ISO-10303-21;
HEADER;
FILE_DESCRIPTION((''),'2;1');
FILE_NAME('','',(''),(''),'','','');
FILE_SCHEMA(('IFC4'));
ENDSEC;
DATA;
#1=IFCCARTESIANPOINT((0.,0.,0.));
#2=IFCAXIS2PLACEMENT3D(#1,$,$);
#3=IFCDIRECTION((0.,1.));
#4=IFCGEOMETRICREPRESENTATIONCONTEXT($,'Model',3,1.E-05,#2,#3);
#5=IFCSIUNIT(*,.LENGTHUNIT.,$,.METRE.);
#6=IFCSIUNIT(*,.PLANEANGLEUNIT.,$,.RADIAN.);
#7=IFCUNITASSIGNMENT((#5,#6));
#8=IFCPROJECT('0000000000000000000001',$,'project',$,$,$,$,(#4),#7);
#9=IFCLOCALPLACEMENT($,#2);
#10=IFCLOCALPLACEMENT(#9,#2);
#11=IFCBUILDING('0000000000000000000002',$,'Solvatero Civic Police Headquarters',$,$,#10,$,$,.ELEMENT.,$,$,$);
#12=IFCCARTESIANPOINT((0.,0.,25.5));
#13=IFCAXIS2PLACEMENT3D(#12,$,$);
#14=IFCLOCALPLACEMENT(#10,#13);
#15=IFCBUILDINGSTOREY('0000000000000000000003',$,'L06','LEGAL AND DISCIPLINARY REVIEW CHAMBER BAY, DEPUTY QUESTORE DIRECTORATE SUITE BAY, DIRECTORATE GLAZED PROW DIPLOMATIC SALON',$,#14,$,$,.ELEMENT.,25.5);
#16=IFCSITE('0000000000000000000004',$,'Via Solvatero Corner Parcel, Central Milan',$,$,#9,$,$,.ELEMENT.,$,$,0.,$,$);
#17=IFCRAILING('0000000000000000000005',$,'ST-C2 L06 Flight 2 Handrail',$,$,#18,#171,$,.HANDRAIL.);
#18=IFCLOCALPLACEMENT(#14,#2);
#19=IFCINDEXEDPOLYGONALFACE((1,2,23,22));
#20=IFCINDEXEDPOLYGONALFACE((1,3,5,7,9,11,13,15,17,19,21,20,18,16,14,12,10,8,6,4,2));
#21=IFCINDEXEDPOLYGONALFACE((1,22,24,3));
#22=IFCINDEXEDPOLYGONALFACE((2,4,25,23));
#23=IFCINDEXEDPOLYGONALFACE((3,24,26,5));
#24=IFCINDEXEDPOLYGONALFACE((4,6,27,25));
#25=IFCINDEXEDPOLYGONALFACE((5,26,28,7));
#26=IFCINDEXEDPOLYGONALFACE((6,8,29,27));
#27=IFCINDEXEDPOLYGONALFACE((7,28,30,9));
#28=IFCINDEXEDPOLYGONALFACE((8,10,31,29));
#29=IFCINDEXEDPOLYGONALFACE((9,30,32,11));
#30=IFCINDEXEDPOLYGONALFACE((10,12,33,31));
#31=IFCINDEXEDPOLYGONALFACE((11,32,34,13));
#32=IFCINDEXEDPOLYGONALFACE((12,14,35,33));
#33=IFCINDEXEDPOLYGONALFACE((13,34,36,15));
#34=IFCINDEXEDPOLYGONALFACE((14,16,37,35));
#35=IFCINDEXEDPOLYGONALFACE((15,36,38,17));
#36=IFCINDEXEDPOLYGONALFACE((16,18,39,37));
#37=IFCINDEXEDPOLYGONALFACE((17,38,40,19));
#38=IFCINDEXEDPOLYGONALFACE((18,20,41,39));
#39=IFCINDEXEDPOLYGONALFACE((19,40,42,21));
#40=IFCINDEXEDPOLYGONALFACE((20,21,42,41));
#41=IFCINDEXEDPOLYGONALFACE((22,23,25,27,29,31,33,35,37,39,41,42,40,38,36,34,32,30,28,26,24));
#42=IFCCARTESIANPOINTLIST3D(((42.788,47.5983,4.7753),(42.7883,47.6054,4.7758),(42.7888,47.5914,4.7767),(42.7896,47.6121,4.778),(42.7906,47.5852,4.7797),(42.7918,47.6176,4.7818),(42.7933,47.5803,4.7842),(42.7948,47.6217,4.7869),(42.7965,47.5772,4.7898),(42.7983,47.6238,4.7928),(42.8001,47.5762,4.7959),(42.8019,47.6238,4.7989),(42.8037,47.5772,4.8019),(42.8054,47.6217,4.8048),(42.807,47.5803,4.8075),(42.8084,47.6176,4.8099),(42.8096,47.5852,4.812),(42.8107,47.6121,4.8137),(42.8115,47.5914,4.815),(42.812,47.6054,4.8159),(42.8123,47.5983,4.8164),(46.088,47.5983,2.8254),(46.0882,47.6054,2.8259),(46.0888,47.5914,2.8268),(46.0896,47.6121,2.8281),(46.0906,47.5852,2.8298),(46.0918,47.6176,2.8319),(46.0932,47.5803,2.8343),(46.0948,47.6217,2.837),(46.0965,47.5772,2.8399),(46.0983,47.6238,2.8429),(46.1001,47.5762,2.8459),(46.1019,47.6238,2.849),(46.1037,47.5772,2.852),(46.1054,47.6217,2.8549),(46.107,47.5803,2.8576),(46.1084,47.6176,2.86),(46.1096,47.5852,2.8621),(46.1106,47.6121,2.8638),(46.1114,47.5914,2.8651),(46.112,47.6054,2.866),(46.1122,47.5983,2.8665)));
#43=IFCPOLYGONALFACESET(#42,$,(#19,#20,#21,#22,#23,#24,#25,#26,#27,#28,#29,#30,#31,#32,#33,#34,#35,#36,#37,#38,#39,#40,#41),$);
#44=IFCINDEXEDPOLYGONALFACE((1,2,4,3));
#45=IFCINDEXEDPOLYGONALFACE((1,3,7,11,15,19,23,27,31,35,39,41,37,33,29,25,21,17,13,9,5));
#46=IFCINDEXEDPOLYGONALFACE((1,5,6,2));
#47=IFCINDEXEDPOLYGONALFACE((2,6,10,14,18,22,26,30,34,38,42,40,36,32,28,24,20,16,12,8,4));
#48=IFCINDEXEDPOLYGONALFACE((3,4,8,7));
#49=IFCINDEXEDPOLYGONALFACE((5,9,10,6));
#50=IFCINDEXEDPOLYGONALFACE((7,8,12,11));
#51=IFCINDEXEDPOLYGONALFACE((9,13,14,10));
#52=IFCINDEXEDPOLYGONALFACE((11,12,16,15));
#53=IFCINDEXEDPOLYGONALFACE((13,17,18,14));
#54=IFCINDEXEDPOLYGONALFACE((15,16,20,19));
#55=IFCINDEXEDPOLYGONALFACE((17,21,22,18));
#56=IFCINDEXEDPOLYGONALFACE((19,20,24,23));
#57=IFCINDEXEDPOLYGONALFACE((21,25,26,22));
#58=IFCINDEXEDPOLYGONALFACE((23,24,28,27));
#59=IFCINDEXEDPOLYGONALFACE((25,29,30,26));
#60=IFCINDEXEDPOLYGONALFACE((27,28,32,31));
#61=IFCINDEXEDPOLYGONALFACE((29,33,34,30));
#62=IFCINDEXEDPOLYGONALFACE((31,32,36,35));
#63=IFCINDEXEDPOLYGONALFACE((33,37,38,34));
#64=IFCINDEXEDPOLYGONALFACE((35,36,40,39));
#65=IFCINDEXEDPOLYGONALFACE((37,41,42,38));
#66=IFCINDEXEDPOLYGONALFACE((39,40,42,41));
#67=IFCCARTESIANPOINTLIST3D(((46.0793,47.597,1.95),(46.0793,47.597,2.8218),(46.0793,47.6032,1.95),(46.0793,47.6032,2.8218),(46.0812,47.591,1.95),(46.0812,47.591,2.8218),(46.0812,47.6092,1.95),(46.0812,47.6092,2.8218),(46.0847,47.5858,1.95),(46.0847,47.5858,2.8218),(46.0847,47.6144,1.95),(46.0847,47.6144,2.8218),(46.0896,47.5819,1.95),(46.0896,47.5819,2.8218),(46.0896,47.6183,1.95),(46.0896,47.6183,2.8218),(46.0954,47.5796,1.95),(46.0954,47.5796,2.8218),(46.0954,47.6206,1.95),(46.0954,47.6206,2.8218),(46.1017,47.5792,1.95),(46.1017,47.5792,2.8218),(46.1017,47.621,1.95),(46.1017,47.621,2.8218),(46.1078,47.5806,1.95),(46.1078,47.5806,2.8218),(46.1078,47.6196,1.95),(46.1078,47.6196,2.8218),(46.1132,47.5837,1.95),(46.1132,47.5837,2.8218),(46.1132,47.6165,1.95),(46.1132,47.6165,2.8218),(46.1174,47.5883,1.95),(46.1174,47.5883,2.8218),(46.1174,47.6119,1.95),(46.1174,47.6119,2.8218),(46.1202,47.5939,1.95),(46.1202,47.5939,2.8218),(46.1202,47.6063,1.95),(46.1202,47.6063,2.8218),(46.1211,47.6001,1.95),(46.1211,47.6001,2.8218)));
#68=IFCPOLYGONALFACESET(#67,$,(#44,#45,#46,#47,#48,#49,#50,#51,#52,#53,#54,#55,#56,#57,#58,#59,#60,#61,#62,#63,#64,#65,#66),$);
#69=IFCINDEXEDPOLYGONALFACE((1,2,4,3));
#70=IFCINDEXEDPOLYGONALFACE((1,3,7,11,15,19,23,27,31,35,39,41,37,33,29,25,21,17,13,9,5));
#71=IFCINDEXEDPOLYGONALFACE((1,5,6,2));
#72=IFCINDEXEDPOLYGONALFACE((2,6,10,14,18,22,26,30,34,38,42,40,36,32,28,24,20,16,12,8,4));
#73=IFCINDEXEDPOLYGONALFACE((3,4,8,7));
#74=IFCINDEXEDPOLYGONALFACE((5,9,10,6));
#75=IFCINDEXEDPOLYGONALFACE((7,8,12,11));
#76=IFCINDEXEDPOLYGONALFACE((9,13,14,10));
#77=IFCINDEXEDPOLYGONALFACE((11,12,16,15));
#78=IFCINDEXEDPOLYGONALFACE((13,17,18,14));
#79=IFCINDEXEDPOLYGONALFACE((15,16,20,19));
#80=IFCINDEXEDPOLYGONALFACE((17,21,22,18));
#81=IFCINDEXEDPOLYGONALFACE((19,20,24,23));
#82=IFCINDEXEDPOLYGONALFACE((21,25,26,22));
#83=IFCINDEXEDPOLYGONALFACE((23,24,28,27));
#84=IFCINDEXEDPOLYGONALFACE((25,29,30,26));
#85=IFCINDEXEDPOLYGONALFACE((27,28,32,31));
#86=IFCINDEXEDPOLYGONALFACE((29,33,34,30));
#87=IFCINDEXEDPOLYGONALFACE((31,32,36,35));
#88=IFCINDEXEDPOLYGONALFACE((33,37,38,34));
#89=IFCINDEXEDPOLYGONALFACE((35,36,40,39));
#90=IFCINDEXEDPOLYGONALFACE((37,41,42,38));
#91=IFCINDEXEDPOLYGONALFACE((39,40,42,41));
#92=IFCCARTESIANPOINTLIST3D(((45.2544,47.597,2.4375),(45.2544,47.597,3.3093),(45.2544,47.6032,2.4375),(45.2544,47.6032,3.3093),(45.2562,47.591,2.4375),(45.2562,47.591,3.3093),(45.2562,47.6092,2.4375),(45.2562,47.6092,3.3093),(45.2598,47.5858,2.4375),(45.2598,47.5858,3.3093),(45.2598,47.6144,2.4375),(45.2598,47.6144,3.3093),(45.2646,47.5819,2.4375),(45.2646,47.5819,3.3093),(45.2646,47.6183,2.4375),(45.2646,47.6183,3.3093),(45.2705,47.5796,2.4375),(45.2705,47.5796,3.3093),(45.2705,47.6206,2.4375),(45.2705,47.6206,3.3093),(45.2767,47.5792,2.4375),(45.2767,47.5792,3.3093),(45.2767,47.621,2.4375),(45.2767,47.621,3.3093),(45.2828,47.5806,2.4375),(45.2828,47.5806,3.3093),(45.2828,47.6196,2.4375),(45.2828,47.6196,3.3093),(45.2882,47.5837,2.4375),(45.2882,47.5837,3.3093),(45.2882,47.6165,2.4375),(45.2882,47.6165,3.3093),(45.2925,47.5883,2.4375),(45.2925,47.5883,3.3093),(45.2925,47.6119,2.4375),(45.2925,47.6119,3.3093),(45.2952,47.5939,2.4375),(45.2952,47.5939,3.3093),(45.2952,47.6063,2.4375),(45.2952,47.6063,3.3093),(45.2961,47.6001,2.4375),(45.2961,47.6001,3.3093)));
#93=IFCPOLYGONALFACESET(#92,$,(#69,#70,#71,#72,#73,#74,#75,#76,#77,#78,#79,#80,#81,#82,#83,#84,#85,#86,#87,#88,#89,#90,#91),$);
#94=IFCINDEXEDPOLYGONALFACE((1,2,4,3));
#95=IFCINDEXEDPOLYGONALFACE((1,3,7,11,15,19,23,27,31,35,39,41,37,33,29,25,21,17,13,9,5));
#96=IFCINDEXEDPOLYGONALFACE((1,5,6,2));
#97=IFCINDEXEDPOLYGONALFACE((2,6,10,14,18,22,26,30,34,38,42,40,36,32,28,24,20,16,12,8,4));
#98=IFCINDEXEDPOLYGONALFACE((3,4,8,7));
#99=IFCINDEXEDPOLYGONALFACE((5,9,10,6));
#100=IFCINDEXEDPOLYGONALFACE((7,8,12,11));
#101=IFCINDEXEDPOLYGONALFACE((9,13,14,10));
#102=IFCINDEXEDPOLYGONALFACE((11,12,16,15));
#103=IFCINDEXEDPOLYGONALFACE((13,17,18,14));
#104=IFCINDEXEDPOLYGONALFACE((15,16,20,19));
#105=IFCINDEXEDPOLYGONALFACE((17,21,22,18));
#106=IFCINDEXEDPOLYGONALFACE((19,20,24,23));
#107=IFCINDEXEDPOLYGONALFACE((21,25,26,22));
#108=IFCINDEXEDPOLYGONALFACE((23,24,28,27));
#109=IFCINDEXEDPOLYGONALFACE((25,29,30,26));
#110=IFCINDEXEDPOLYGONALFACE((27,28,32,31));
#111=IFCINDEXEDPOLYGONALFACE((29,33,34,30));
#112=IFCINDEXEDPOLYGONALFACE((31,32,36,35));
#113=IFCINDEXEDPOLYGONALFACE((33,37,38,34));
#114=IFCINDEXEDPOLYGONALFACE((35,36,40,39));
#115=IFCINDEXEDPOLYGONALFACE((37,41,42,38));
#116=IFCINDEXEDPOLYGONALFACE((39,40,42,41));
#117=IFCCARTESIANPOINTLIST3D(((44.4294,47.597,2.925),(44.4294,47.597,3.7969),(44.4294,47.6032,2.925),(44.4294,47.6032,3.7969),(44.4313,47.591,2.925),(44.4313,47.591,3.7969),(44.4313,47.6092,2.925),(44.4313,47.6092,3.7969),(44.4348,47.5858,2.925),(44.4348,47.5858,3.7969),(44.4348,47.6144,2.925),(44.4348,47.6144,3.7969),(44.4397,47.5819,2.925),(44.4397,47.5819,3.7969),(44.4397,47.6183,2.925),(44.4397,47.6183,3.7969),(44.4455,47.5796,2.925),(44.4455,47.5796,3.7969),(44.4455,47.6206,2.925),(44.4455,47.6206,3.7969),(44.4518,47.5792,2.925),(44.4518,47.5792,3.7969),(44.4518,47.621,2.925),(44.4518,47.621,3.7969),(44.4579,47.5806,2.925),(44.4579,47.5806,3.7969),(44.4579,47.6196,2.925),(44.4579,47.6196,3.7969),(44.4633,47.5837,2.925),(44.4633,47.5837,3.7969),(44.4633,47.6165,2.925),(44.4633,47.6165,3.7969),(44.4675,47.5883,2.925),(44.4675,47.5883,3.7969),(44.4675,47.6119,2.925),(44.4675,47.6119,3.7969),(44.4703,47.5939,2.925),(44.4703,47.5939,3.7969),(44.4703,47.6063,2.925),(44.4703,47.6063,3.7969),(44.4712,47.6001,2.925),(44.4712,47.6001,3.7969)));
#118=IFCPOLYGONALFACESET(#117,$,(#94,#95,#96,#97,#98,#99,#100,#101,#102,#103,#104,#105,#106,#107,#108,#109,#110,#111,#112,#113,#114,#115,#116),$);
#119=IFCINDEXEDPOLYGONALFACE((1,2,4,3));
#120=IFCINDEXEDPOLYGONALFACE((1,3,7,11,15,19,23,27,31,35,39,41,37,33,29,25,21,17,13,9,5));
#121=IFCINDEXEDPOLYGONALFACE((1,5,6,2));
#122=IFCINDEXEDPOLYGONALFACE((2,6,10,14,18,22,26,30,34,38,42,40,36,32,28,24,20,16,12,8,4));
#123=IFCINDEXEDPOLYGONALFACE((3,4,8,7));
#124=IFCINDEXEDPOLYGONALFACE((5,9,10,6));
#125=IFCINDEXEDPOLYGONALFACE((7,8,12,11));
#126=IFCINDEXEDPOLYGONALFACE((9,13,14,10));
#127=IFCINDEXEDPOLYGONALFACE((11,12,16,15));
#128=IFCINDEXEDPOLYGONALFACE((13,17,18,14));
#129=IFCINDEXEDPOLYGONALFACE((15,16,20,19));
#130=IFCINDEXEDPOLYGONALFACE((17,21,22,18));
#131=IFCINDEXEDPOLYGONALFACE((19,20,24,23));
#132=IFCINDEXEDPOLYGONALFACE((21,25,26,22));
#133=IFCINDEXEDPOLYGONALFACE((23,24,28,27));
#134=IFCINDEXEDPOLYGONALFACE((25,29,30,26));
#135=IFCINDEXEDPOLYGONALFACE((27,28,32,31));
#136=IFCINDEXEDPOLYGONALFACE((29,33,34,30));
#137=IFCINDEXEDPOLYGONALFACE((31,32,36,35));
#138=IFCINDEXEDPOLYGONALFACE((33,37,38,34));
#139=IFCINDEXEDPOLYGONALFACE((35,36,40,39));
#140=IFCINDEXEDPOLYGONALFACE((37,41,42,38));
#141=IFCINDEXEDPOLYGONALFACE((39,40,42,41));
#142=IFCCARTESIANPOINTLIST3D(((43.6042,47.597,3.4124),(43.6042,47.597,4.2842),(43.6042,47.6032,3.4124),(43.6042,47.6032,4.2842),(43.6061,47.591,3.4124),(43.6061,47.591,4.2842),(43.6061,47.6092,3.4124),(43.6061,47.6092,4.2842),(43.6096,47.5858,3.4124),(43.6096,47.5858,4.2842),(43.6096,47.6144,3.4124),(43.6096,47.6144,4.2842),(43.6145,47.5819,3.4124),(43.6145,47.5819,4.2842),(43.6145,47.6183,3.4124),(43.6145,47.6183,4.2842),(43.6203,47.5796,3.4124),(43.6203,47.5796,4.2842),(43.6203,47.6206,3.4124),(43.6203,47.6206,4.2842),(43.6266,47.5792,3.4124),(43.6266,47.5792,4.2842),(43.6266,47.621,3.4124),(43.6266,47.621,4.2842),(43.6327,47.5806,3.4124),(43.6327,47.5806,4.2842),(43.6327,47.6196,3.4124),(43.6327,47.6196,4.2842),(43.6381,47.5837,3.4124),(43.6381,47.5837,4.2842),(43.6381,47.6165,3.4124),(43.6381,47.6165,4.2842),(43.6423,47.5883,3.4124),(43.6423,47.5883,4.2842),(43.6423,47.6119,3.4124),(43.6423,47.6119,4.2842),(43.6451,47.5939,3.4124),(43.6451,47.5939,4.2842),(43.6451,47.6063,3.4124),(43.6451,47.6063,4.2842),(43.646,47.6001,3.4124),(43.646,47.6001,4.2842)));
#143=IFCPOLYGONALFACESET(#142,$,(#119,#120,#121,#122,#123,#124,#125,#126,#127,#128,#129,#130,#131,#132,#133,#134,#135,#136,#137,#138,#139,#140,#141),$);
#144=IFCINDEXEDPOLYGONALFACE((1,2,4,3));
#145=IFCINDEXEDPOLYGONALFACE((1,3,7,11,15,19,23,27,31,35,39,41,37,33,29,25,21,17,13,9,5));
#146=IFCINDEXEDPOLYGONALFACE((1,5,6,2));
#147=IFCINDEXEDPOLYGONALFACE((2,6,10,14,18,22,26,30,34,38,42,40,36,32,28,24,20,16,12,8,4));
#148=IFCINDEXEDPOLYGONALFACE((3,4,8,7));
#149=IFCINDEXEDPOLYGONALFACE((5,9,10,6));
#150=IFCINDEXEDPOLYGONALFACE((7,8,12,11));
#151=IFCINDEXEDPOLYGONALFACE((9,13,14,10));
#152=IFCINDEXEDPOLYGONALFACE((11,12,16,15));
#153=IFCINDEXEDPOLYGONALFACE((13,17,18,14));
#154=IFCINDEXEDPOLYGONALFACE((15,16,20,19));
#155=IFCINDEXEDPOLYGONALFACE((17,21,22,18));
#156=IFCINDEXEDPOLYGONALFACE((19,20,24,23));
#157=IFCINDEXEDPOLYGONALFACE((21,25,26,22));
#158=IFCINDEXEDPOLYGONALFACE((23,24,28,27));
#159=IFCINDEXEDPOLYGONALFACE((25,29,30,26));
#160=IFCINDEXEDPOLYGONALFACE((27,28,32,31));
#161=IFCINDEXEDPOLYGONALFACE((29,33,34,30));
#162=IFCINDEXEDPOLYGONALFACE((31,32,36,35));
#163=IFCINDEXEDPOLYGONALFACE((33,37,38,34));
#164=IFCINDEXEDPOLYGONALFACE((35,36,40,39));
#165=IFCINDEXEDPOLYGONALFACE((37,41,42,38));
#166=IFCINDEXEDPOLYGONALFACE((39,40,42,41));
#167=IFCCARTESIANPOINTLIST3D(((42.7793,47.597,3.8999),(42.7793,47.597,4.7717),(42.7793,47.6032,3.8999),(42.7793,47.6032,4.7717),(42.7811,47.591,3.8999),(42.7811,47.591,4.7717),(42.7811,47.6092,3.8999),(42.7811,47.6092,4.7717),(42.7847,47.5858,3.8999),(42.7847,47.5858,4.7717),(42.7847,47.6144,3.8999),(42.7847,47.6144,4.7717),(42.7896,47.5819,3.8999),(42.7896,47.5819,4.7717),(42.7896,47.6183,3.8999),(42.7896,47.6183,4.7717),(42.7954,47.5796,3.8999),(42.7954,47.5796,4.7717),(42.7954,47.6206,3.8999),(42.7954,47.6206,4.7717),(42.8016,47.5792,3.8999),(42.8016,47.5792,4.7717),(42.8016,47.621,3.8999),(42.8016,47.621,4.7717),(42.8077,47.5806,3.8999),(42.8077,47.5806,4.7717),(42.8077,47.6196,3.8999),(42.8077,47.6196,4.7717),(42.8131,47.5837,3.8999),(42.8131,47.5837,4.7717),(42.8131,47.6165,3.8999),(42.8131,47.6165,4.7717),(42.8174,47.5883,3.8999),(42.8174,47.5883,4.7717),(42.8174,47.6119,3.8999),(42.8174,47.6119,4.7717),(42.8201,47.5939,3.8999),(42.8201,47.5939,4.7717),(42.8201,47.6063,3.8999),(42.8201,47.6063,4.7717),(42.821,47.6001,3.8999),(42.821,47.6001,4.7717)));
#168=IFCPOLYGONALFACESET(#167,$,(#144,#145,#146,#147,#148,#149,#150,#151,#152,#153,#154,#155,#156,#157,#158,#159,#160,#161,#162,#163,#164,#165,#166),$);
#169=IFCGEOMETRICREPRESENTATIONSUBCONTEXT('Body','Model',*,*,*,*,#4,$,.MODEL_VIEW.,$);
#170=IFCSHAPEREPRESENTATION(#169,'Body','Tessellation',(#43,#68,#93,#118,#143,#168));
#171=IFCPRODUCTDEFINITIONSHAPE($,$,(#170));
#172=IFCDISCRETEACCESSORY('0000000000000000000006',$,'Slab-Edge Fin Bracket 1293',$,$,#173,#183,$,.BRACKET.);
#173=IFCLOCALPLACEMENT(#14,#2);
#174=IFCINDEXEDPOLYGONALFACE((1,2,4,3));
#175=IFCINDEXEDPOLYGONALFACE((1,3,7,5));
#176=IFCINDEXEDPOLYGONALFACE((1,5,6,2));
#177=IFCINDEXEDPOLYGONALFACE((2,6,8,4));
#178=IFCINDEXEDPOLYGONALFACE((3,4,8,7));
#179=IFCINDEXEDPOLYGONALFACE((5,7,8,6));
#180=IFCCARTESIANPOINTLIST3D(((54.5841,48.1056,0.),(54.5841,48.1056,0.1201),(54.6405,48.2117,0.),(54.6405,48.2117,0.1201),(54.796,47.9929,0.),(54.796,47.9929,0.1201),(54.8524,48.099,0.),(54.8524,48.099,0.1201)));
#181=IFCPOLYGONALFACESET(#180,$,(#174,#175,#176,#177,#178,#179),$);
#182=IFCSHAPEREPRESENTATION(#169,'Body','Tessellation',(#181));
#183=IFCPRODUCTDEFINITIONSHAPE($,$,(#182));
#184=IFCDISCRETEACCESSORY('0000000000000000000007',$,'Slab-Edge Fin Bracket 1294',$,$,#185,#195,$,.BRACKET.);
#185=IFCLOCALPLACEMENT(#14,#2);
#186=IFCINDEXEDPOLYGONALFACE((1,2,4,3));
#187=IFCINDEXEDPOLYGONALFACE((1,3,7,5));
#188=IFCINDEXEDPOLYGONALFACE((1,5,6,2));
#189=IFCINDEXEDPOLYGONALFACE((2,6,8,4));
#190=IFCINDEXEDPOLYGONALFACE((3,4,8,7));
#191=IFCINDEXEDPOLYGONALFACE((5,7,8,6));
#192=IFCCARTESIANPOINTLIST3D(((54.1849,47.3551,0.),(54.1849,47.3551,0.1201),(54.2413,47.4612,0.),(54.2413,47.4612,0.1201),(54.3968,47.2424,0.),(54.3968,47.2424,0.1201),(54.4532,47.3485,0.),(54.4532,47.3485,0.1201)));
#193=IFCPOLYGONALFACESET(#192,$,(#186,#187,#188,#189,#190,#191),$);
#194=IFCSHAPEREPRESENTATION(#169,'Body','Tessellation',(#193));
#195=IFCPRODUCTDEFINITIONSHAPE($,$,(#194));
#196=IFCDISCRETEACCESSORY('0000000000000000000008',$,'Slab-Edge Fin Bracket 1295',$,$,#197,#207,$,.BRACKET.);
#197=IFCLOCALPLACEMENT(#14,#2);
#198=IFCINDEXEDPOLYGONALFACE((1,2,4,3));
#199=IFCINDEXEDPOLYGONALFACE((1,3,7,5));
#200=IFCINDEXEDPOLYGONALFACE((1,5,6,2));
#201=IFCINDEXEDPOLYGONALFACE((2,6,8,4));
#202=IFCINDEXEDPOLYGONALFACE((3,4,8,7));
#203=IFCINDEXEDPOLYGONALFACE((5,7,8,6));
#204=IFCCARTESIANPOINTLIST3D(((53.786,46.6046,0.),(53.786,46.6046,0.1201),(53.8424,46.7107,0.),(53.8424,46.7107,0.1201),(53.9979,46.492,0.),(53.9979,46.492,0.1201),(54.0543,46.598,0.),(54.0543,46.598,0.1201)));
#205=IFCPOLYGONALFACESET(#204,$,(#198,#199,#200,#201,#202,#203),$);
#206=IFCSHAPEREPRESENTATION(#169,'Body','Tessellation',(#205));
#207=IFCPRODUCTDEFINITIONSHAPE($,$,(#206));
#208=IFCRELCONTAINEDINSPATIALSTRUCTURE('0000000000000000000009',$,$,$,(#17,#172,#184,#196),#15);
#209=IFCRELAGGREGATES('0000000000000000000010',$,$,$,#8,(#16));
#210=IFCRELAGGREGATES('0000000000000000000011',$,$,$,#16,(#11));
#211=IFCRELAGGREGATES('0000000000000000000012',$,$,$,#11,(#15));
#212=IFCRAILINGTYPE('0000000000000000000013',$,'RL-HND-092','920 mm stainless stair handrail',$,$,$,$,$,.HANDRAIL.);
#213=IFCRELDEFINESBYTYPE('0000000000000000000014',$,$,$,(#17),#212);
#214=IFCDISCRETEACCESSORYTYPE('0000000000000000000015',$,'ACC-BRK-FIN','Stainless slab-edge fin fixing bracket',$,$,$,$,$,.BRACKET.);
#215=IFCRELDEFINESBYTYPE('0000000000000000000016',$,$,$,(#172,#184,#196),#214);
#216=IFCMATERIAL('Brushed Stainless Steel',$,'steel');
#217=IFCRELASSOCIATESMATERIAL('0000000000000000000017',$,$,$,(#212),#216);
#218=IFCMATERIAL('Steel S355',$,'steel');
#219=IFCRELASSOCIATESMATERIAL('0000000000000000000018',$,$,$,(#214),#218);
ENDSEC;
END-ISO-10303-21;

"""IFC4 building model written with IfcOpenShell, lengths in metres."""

from ifc_helpers import new_model, si_unit, direction, frame, origin, origin_2d, place, context, subcontext, project, spatial, rectangle, circle, extrude, material, type_object, element, save


model = new_model("IFC4")

# Units and contexts
model_context = context("Model", 3, precision=1e-05, world=origin(), true_north=direction((0.0, 1.0)))
body_context = subcontext(model_context, "Body", "Model", "MODEL_VIEW")
ifc_project = project(units=[si_unit("LENGTHUNIT", "METRE"), si_unit("PLANEANGLEUNIT", "RADIAN")], contexts=[model_context])

# Site, building, storey
site_placement = place(None, origin())
site = spatial("IfcSite", under=ifc_project, at=site_placement, Name="Via Solvatero Corner Parcel, Central Milan", CompositionType="ELEMENT", RefElevation=0.0)
building_placement = place(site_placement, origin())
building = spatial("IfcBuilding", under=site, at=building_placement, Name="Solvatero Civic Police Headquarters", CompositionType="ELEMENT")
storey_placement = place(building_placement, frame((0.0, 0.0, 25.5)))
storey = spatial("IfcBuildingStorey", under=building, at=storey_placement, Name="L06", Description="LEGAL AND DISCIPLINARY REVIEW CHAMBER BAY, DEPUTY QUESTORE DIRECTORATE SUITE BAY, DIRECTORATE GLAZED PROW DIPLOMATIC SALON", CompositionType="ELEMENT", Elevation=25.5)

# Shared definitions
ifc_material_1 = material(Name="Steel S355", Category="steel")

# Railing
ifc_material_2 = material(Name="Brushed Stainless Steel", Category="steel")
railing_type_1 = type_object("IfcRailingType", Name="RL-HND-092", Description="920 mm stainless stair handrail", PredefinedType="HANDRAIL", material=ifc_material_2)
railing_1_placement = place(storey_placement, frame((46.1001, 47.6001, 1.95)))
element("IfcRailing", 1, at=railing_1_placement, inside=storey, type_object=railing_type_1, Name="ST-C2 L06 Flight 2 Handrail", PredefinedType="HANDRAIL", context=body_context, shape_type="SweptSolid", body=[
    extrude(circle(Radius=0.0239, at=origin_2d()), frame((0.0, 0.0, 0.896), z_axis=(-0.860935, 0.0, 0.508714), x_axis=(0.0, -1.0, 0.0)), (0.0, 0.0, 1.0), 3.833),
    extrude(circle(Radius=0.021, at=origin_2d()), origin(), (0.0, 0.0, 1.0), 0.8718),
    extrude(circle(Radius=0.021, at=origin_2d()), frame((-0.825, 0.0, 0.4875)), (0.0, 0.0, 1.0), 0.8718),
    extrude(circle(Radius=0.021, at=origin_2d()), frame((-1.6499, 0.0, 0.9751)), (0.0, 0.0, 1.0), 0.8718),
    extrude(circle(Radius=0.021, at=origin_2d()), frame((-2.4751, 0.0, 1.4624)), (0.0, 0.0, 1.0), 0.8718),
    extrude(circle(Radius=0.021, at=origin_2d()), frame((-3.3, 0.0, 1.95)), (0.0, 0.0, 1.0), 0.8718),
])

# Discrete accessories
discrete_accessory_type = type_object("IfcDiscreteAccessoryType", Name="ACC-BRK-FIN", Description="Stainless slab-edge fin fixing bracket", PredefinedType="BRACKET", material=ifc_material_1)
for number, where, z_axis, x_axis, name in (
    (2, (54.7183, 48.1023, 0.0), (0.0, 0.0, 1.0), (-0.469487, -0.882939, 0.0), "Slab-Edge Fin Bracket 1293"),
    (3, (54.3191, 47.3518, 0.0), (0.0, 0.0, 1.0), (-0.469487, -0.882939, 0.0), "Slab-Edge Fin Bracket 1294"),
    (4, (53.9202, 46.6013, 0.0), (0.0, 0.0, 1.0), (-0.469487, -0.882939, 0.0), "Slab-Edge Fin Bracket 1295"),
):
    element("IfcDiscreteAccessory", number, at=place(storey_placement, frame(where, z_axis=z_axis, x_axis=x_axis)), inside=storey, type_object=discrete_accessory_type, Name=name, PredefinedType="BRACKET", context=body_context, shape_type="SweptSolid", body=[
        extrude(rectangle(XDim=0.1201, YDim=0.24, at=origin_2d()), origin(), (0.0, 0.0, 1.0), 0.1201),
    ])

save(model, "model.ifc")
